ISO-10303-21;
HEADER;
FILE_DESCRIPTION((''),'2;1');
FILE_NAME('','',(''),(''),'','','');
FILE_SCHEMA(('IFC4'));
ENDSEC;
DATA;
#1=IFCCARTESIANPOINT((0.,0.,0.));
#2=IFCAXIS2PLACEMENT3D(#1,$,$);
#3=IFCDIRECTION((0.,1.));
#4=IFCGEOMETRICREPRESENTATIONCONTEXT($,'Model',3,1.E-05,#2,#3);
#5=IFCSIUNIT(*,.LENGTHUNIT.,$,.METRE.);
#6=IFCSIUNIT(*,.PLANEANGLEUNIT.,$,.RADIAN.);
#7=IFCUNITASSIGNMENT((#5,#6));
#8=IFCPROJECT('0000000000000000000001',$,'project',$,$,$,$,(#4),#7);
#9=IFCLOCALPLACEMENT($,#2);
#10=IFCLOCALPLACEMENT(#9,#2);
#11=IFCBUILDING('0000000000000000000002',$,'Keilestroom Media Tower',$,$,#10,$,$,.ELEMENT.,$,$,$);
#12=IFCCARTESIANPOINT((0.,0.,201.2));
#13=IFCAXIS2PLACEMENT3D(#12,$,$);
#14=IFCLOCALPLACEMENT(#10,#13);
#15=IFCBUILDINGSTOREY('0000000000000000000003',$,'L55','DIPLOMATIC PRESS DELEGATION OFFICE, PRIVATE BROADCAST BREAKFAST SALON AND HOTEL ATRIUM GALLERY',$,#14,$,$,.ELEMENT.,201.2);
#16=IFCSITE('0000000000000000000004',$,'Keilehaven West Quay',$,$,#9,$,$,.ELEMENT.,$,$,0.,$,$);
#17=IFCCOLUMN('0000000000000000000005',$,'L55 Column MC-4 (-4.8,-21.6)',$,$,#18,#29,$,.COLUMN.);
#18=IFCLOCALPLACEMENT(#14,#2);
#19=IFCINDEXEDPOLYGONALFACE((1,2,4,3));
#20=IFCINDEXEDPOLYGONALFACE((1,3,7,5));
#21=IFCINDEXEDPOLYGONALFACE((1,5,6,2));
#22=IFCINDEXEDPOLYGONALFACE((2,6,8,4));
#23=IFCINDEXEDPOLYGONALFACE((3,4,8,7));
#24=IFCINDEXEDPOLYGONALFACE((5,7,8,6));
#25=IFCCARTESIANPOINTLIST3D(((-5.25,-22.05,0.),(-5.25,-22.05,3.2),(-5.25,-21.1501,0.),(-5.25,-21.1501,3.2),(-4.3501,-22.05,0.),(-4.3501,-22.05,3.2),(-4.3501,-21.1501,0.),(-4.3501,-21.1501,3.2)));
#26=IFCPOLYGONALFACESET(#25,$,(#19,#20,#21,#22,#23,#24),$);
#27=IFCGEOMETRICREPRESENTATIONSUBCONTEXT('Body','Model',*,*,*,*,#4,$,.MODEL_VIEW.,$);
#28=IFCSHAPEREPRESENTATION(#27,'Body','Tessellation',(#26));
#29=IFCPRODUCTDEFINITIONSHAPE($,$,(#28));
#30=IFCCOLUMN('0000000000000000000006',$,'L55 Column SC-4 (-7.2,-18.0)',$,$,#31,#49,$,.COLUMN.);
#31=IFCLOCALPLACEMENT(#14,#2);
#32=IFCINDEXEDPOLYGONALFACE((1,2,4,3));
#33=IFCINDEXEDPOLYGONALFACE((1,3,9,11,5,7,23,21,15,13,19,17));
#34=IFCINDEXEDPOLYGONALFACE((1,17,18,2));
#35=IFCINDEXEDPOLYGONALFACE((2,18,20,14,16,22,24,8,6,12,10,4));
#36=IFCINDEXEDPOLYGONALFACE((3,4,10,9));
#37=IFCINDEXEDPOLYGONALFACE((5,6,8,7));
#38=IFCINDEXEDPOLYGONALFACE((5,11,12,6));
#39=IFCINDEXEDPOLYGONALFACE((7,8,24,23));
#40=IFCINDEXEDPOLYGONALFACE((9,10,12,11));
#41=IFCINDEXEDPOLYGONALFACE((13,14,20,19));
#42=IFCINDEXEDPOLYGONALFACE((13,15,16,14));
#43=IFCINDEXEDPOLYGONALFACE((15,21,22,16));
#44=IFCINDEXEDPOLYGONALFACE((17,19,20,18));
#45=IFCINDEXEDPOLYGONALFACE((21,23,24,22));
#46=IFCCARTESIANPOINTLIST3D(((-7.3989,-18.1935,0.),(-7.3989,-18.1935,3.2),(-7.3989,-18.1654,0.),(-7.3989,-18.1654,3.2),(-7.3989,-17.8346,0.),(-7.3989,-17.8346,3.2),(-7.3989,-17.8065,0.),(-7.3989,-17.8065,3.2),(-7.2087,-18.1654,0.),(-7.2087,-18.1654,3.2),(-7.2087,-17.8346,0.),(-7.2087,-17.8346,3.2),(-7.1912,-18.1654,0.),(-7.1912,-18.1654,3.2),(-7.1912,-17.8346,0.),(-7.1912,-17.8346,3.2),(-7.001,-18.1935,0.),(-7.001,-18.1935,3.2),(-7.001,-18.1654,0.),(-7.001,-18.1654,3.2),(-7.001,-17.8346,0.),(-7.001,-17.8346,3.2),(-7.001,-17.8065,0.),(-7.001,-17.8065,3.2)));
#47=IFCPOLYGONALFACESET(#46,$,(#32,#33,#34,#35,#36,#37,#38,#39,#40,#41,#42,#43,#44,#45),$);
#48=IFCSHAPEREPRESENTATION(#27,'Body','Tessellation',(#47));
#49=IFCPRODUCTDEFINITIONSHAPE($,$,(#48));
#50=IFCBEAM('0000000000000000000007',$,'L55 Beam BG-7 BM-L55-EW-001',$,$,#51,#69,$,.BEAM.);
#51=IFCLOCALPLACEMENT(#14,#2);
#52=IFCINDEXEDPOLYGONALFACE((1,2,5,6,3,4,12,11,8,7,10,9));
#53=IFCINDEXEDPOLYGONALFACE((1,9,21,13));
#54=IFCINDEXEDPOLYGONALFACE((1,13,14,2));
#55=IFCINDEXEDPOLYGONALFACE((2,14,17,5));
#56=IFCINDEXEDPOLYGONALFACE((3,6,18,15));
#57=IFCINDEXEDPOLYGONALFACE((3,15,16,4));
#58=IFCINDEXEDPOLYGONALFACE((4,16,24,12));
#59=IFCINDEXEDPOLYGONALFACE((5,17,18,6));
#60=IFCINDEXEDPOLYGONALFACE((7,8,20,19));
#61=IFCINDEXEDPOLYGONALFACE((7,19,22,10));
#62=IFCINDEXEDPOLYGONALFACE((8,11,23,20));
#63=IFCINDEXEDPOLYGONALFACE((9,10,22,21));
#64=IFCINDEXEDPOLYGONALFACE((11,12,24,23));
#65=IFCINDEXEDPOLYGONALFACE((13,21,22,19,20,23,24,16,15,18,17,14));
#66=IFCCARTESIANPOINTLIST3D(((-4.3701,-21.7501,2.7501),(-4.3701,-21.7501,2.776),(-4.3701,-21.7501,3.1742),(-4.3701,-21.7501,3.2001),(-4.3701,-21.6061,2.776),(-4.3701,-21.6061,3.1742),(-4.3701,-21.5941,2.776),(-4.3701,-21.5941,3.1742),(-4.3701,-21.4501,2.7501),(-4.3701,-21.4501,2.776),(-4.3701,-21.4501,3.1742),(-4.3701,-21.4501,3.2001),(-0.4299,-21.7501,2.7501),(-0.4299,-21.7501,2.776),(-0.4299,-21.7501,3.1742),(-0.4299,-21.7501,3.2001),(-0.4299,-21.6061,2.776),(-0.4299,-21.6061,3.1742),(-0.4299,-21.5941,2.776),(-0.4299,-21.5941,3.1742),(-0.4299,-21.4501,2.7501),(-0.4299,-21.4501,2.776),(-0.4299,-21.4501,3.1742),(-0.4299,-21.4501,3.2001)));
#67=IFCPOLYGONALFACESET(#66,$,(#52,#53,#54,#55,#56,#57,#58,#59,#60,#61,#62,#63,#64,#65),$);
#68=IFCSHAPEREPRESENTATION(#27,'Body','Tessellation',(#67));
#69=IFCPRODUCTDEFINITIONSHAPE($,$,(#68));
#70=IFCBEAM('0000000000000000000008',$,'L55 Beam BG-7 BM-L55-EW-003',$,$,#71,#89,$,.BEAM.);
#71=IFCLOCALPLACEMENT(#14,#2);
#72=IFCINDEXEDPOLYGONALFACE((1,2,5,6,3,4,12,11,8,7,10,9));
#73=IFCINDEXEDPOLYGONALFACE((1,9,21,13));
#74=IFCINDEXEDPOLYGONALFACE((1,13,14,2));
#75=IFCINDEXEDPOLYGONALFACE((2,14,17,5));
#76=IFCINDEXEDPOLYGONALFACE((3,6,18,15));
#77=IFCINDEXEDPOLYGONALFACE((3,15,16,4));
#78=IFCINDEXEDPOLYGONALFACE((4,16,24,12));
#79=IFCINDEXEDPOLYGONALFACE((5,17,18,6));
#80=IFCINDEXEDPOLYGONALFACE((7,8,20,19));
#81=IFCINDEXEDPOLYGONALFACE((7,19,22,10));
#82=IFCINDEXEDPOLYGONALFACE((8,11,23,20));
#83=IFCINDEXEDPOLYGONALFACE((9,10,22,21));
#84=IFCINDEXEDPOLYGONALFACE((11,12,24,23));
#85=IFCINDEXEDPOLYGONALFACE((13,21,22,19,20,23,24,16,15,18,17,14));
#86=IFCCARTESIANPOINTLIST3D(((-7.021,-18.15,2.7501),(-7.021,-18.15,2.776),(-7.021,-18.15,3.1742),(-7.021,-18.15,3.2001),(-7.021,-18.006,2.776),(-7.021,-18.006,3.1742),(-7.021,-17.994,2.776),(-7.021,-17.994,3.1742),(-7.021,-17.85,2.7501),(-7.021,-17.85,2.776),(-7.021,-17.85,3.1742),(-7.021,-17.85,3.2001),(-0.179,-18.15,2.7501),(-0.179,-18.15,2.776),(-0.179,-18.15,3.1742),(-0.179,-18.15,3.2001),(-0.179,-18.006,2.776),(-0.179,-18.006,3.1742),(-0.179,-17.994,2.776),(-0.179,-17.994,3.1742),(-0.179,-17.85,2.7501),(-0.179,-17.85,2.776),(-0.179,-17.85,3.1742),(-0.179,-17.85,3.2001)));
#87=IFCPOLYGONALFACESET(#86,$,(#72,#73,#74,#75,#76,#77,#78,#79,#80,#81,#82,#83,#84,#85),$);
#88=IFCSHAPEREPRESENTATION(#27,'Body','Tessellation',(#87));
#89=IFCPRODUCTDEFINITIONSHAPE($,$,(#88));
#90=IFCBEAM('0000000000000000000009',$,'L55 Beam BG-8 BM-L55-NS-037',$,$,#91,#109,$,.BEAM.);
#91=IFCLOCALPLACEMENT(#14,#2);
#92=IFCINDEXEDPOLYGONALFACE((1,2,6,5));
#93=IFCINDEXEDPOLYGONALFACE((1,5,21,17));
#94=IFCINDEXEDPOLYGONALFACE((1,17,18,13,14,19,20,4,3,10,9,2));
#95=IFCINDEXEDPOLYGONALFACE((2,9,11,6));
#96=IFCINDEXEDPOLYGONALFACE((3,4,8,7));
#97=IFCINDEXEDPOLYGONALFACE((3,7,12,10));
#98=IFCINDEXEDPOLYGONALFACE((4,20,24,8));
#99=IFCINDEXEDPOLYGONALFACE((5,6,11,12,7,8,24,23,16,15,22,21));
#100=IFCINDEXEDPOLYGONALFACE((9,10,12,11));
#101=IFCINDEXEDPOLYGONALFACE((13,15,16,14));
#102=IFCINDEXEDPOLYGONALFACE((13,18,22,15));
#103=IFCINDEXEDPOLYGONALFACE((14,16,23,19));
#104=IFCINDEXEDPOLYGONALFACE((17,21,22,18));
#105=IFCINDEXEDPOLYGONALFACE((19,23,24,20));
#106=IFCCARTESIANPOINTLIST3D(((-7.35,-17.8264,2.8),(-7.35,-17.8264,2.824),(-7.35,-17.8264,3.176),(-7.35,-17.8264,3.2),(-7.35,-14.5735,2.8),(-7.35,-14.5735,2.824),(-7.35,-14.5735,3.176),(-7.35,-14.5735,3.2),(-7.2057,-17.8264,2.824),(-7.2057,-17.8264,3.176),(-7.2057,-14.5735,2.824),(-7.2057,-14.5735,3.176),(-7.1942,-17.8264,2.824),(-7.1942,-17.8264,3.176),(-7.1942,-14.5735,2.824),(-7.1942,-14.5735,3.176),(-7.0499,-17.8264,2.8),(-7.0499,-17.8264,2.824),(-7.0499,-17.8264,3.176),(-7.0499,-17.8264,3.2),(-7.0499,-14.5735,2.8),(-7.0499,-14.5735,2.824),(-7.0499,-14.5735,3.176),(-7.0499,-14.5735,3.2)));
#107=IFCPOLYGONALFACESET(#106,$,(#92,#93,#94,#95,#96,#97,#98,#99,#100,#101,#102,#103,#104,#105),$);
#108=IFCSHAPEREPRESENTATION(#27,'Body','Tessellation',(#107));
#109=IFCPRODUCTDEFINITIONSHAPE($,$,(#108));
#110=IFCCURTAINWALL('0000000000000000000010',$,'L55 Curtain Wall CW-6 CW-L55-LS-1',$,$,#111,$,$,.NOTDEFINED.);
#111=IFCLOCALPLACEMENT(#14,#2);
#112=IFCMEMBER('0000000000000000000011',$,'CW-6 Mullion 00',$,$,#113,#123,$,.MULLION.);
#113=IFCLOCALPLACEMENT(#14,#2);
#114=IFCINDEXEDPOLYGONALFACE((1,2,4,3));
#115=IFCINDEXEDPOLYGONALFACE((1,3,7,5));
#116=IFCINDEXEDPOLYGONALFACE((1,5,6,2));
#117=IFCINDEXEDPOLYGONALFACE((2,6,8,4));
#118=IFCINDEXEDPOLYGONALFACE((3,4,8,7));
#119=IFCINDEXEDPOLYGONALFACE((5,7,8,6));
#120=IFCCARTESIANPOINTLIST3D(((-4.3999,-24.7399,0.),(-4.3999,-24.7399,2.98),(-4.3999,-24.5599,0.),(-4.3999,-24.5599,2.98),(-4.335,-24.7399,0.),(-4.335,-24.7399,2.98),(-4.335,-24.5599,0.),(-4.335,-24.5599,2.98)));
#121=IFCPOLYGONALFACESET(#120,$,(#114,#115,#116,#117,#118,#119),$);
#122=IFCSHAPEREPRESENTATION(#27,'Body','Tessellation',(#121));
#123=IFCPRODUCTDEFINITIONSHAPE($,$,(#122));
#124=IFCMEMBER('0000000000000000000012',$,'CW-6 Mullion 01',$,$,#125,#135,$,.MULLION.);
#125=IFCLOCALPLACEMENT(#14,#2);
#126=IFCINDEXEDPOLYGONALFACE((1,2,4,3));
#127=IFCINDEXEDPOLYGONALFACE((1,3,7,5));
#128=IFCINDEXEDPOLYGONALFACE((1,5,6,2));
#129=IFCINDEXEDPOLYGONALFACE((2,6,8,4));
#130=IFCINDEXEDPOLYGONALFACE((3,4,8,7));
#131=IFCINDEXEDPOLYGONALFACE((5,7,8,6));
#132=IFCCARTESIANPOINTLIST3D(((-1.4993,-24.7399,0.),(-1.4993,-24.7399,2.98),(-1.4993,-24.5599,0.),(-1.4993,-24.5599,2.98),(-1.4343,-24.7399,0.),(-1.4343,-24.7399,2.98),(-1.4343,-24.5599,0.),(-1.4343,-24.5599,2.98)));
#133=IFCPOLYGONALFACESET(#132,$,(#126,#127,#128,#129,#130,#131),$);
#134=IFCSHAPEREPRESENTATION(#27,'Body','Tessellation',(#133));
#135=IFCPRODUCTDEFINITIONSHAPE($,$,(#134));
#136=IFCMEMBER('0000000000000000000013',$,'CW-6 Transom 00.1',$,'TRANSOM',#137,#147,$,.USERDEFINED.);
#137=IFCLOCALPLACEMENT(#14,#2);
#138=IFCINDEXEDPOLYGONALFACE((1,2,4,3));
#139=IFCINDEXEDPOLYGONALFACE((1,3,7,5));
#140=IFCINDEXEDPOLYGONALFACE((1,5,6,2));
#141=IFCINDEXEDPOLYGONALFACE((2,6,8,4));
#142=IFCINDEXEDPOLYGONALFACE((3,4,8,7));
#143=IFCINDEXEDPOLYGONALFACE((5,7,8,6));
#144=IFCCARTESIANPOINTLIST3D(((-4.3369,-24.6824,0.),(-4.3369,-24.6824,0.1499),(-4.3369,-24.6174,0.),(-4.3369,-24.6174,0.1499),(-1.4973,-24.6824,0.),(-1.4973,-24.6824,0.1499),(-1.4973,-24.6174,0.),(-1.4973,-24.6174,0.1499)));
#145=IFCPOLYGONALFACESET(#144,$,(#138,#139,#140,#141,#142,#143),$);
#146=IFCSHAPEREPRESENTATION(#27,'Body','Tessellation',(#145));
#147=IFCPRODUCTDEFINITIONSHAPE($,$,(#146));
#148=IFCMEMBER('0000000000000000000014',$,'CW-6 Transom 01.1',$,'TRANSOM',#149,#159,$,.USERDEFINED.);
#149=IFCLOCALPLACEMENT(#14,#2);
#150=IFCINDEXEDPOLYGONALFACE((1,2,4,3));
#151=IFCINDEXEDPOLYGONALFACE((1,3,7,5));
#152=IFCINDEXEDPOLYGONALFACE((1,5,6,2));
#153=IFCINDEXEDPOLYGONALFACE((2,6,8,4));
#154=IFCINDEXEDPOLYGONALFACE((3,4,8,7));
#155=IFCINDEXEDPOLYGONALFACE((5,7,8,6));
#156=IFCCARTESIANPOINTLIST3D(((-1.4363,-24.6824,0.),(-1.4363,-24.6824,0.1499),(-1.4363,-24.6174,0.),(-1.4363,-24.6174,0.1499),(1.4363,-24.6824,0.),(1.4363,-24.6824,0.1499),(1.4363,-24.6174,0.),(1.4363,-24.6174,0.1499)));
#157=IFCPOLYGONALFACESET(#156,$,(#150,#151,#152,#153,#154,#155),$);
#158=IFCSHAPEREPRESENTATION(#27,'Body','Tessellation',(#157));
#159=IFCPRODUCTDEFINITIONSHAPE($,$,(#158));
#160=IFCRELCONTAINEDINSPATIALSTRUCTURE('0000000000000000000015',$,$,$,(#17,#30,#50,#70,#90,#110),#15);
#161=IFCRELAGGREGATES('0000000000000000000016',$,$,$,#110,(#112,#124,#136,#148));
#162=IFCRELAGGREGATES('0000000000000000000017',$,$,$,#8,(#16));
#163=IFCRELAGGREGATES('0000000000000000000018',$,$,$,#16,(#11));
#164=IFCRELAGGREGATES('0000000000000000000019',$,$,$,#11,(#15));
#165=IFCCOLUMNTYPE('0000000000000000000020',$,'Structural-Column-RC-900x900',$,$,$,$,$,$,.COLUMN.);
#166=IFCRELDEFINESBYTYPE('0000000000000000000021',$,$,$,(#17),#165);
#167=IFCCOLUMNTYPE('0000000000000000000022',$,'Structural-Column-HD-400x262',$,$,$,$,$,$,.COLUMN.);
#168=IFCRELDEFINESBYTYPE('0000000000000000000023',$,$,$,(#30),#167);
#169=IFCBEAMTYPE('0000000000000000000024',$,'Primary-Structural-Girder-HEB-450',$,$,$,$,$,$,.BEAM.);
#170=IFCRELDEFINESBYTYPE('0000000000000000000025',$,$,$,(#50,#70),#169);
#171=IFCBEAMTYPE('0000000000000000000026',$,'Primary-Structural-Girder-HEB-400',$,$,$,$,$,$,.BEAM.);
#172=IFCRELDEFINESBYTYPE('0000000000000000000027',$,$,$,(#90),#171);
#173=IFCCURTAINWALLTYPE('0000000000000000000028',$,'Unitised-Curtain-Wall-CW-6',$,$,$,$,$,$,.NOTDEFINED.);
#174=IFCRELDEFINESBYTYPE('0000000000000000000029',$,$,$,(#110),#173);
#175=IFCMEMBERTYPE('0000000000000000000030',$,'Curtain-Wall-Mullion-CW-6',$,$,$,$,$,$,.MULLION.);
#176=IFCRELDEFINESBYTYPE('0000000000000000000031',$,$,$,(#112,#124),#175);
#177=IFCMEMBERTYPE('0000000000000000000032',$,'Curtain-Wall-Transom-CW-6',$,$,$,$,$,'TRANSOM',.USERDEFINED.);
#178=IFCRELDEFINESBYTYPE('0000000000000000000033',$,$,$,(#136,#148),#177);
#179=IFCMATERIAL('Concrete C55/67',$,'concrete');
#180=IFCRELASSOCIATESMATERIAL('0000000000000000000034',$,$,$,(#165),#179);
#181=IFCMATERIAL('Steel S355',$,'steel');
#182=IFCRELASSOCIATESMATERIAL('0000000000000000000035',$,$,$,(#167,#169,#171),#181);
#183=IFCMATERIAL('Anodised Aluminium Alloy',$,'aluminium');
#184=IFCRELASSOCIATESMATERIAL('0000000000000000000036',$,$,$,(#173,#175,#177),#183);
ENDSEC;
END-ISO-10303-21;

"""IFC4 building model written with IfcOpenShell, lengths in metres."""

from ifc_helpers import new_model, si_unit, direction, frame, origin, origin_2d, place, context, subcontext, project, spatial, rectangle, i_section, extrude, source, transform, mapped, material, material_profile, profile_set, type_object, element, aggregate, save


model = new_model("IFC4")

# Units and contexts
model_context = context("Model", 3, precision=1e-05, world=origin(), true_north=direction((0.0, 1.0)))
body_context = subcontext(model_context, "Body", "Model", "MODEL_VIEW")
ifc_project = project(units=[si_unit("LENGTHUNIT", "METRE"), si_unit("PLANEANGLEUNIT", "RADIAN")], contexts=[model_context])

# Site, building, storey
site_placement = place(None, origin())
site = spatial("IfcSite", under=ifc_project, at=site_placement, Name="Keilehaven West Quay", CompositionType="ELEMENT", RefElevation=0.0)
building_placement = place(site_placement, origin())
building = spatial("IfcBuilding", under=site, at=building_placement, Name="Keilestroom Media Tower", CompositionType="ELEMENT")
storey_placement = place(building_placement, frame((0.0, 0.0, 201.2)))
storey = spatial("IfcBuildingStorey", under=building, at=storey_placement, Name="L55", Description="DIPLOMATIC PRESS DELEGATION OFFICE, PRIVATE BROADCAST BREAKFAST SALON AND HOTEL ATRIUM GALLERY", CompositionType="ELEMENT", Elevation=201.2)

# Columns
ifc_material_1 = material(Name="Concrete C55/67", Category="concrete")
ifc_material_profile_1 = material_profile(ifc_material_1, rectangle(XDim=0.8999, YDim=0.8999, at=origin_2d()), Name="RC 900x900")
ifc_profile_set_1 = profile_set([ifc_material_profile_1], Name="Concrete C55/67")
column_type_1 = type_object("IfcColumnType", Name="Structural-Column-RC-900x900", PredefinedType="COLUMN", material=ifc_profile_set_1)
shared_shape_1 = source(origin(), body_context, "Body", "SweptSolid", [
    extrude(rectangle(XDim=0.8999, YDim=0.8999, at=origin_2d()), origin(), (0.0, 0.0, 1.0), 3.2),
])
column_1_placement = place(storey_placement, frame((-4.8, -21.6001, 0.0), z_axis=(0.0, 0.0, 1.0), x_axis=(1.0, 0.0, 0.0)))
element("IfcColumn", 1, at=column_1_placement, inside=storey, type_object=column_type_1, Name="L55 Column MC-4 (-4.8,-21.6)", PredefinedType="COLUMN", context=body_context, shape_type="MappedRepresentation", body=[
    mapped(shared_shape_1, transform((0.0, 0.0, 0.0), x_axis=(1.0, 0.0, 0.0), y_axis=(0.0, 1.0, 0.0), z_axis=(0.0, 0.0, 1.0), scale=1.0)),
])
ifc_material_2 = material(Name="Steel S355", Category="steel")
ifc_material_profile_2 = material_profile(ifc_material_2, i_section(OverallWidth=0.3979, OverallDepth=0.387, WebThickness=0.0176, FlangeThickness=0.0281, at=origin_2d()), Name="HD 400x262")
ifc_profile_set_2 = profile_set([ifc_material_profile_2], Name="Steel S355")
column_type_2 = type_object("IfcColumnType", Name="Structural-Column-HD-400x262", PredefinedType="COLUMN", material=ifc_profile_set_2)
shared_shape_2 = source(origin(), body_context, "Body", "SweptSolid", [
    extrude(i_section(OverallWidth=0.3979, OverallDepth=0.387, WebThickness=0.0176, FlangeThickness=0.0281, at=origin_2d()), origin(), (0.0, 0.0, 1.0), 3.2),
])
column_2_placement = place(storey_placement, frame((-7.2, -18.0, 0.0), z_axis=(0.0, 0.0, 1.0), x_axis=(1.0, 0.0, 0.0)))
element("IfcColumn", 2, at=column_2_placement, inside=storey, type_object=column_type_2, Name="L55 Column SC-4 (-7.2,-18.0)", PredefinedType="COLUMN", context=body_context, shape_type="MappedRepresentation", body=[
    mapped(shared_shape_2, transform((0.0, 0.0, 0.0), x_axis=(1.0, 0.0, 0.0), y_axis=(0.0, 1.0, 0.0), z_axis=(0.0, 0.0, 1.0), scale=1.0)),
])

# Beams
ifc_material_profile_3 = material_profile(ifc_material_2, i_section(OverallWidth=0.3, OverallDepth=0.45, WebThickness=0.012, FlangeThickness=0.0259, at=origin_2d()), Name="HEB 450")
ifc_profile_set_3 = profile_set([ifc_material_profile_3], Name="Steel S355")
beam_type_1 = type_object("IfcBeamType", Name="Primary-Structural-Girder-HEB-450", PredefinedType="BEAM", material=ifc_profile_set_3)
shared_shape_3 = source(origin(), body_context, "Body", "SweptSolid", [
    extrude(i_section(OverallWidth=0.3, OverallDepth=0.45, WebThickness=0.012, FlangeThickness=0.0259, at=origin_2d()), origin(), (0.0, 0.0, 1.0), 3.9402),
])
beam_1_placement = place(storey_placement, frame((-4.3701, -21.6001, 2.9751), z_axis=(1.0, 0.0, 0.0), x_axis=(0.0, 1.0, 0.0)))
element("IfcBeam", 3, at=beam_1_placement, inside=storey, type_object=beam_type_1, Name="L55 Beam BG-7 BM-L55-EW-001", PredefinedType="BEAM", context=body_context, shape_type="MappedRepresentation", body=[
    mapped(shared_shape_3, transform((0.0, 0.0, 0.0), x_axis=(1.0, 0.0, 0.0), y_axis=(0.0, 1.0, 0.0), z_axis=(0.0, 0.0, 1.0), scale=1.0)),
])
shared_shape_4 = source(origin(), body_context, "Body", "SweptSolid", [
    extrude(i_section(OverallWidth=0.3, OverallDepth=0.45, WebThickness=0.012, FlangeThickness=0.0259, at=origin_2d()), origin(), (0.0, 0.0, 1.0), 6.842),
])
beam_2_placement = place(storey_placement, frame((-7.021, -18.0, 2.9751), z_axis=(1.0, 0.0, 0.0), x_axis=(0.0, 1.0, 0.0)))
element("IfcBeam", 4, at=beam_2_placement, inside=storey, type_object=beam_type_1, Name="L55 Beam BG-7 BM-L55-EW-003", PredefinedType="BEAM", context=body_context, shape_type="MappedRepresentation", body=[
    mapped(shared_shape_4, transform((0.0, 0.0, 0.0), x_axis=(1.0, 0.0, 0.0), y_axis=(0.0, 1.0, 0.0), z_axis=(0.0, 0.0, 1.0), scale=1.0)),
])
ifc_material_profile_4 = material_profile(ifc_material_2, i_section(OverallWidth=0.3, OverallDepth=0.3999, WebThickness=0.0115, FlangeThickness=0.0239, at=origin_2d()), Name="HEB 400")
ifc_profile_set_4 = profile_set([ifc_material_profile_4], Name="Steel S355")
beam_type_2 = type_object("IfcBeamType", Name="Primary-Structural-Girder-HEB-400", PredefinedType="BEAM", material=ifc_profile_set_4)
shared_shape_5 = source(origin(), body_context, "Body", "SweptSolid", [
    extrude(i_section(OverallWidth=0.3, OverallDepth=0.3999, WebThickness=0.0115, FlangeThickness=0.0239, at=origin_2d()), origin(), (0.0, 0.0, 1.0), 3.2529),
])
beam_3_placement = place(storey_placement, frame((-7.2, -17.8264, 3.0), z_axis=(0.0, 1.0, 0.0), x_axis=(-1.0, 0.0, 0.0)))
element("IfcBeam", 5, at=beam_3_placement, inside=storey, type_object=beam_type_2, Name="L55 Beam BG-8 BM-L55-NS-037", PredefinedType="BEAM", context=body_context, shape_type="MappedRepresentation", body=[
    mapped(shared_shape_5, transform((0.0, 0.0, 0.0), x_axis=(1.0, 0.0, 0.0), y_axis=(0.0, 1.0, 0.0), z_axis=(0.0, 0.0, 1.0), scale=1.0)),
])

# Curtain wall, members
ifc_material_3 = material(Name="Anodised Aluminium Alloy", Category="aluminium")
curtain_wall_type = type_object("IfcCurtainWallType", Name="Unitised-Curtain-Wall-CW-6", PredefinedType="NOTDEFINED", material=ifc_material_3)
curtain_wall_placement = place(storey_placement, origin())
curtain_wall = element("IfcCurtainWall", 6, at=curtain_wall_placement, inside=storey, type_object=curtain_wall_type, Name="L55 Curtain Wall CW-6 CW-L55-LS-1", PredefinedType="NOTDEFINED")
ifc_material_profile_5 = material_profile(ifc_material_3, rectangle(XDim=0.0649, YDim=0.1799, at=origin_2d()), Name="ALU MULLION 65x180")
ifc_profile_set_5 = profile_set([ifc_material_profile_5], Name="Anodised Aluminium Alloy")
member_type_1 = type_object("IfcMemberType", Name="Curtain-Wall-Mullion-CW-6", PredefinedType="MULLION", material=ifc_profile_set_5)
shared_shape_6 = source(origin(), body_context, "Body", "SweptSolid", [
    extrude(rectangle(XDim=0.0649, YDim=0.1799, at=origin_2d()), origin(), (0.0, 0.0, 1.0), 2.98),
])
member_1_placement = place(storey_placement, frame((-4.3674, -24.6499, 0.0), z_axis=(0.0, 0.0, 1.0), x_axis=(1.0, 0.0, 0.0)))
member_1 = element("IfcMember", 7, at=member_1_placement, type_object=member_type_1, Name="CW-6 Mullion 00", PredefinedType="MULLION", context=body_context, shape_type="MappedRepresentation", body=[
    mapped(shared_shape_6, transform((0.0, 0.0, 0.0), x_axis=(1.0, 0.0, 0.0), y_axis=(0.0, 1.0, 0.0), z_axis=(0.0, 0.0, 1.0), scale=1.0)),
])
member_2_placement = place(storey_placement, frame((-1.4668, -24.6499, 0.0), z_axis=(0.0, 0.0, 1.0), x_axis=(1.0, 0.0, 0.0)))
member_2 = element("IfcMember", 8, at=member_2_placement, type_object=member_type_1, Name="CW-6 Mullion 01", PredefinedType="MULLION", context=body_context, shape_type="MappedRepresentation", body=[
    mapped(shared_shape_6, transform((0.0, 0.0, 0.0), x_axis=(1.0, 0.0, 0.0), y_axis=(0.0, 1.0, 0.0), z_axis=(0.0, 0.0, 1.0), scale=1.0)),
])
ifc_material_profile_6 = material_profile(ifc_material_3, rectangle(XDim=0.0649, YDim=0.1499, at=origin_2d()), Name="ALU TRANSOM 65x150")
ifc_profile_set_6 = profile_set([ifc_material_profile_6], Name="Anodised Aluminium Alloy")
member_type_2 = type_object("IfcMemberType", Name="Curtain-Wall-Transom-CW-6", ElementType="TRANSOM", PredefinedType="USERDEFINED", material=ifc_profile_set_6)
shared_shape_7 = source(origin(), body_context, "Body", "SweptSolid", [
    extrude(rectangle(XDim=0.0649, YDim=0.1499, at=origin_2d()), origin(), (0.0, 0.0, 1.0), 2.8396),
])
member_3_placement = place(storey_placement, frame((-4.3369, -24.6499, 0.075), z_axis=(1.0, 0.0, 0.0), x_axis=(0.0, 1.0, 0.0)))
member_3 = element("IfcMember", 9, at=member_3_placement, type_object=member_type_2, Name="CW-6 Transom 00.1", ObjectType="TRANSOM", PredefinedType="USERDEFINED", context=body_context, shape_type="MappedRepresentation", body=[
    mapped(shared_shape_7, transform((0.0, 0.0, 0.0), x_axis=(1.0, 0.0, 0.0), y_axis=(0.0, 1.0, 0.0), z_axis=(0.0, 0.0, 1.0), scale=1.0)),
])
shared_shape_8 = source(origin(), body_context, "Body", "SweptSolid", [
    extrude(rectangle(XDim=0.0649, YDim=0.1499, at=origin_2d()), origin(), (0.0, 0.0, 1.0), 2.8726),
])
member_4_placement = place(storey_placement, frame((-1.4363, -24.6499, 0.075), z_axis=(1.0, 0.0, 0.0), x_axis=(0.0, 1.0, 0.0)))
member_4 = element("IfcMember", 10, at=member_4_placement, type_object=member_type_2, Name="CW-6 Transom 01.1", ObjectType="TRANSOM", PredefinedType="USERDEFINED", context=body_context, shape_type="MappedRepresentation", body=[
    mapped(shared_shape_8, transform((0.0, 0.0, 0.0), x_axis=(1.0, 0.0, 0.0), y_axis=(0.0, 1.0, 0.0), z_axis=(0.0, 0.0, 1.0), scale=1.0)),
])
aggregate(curtain_wall, [member_1, member_2, member_3, member_4])

save(model, "model.ifc")
